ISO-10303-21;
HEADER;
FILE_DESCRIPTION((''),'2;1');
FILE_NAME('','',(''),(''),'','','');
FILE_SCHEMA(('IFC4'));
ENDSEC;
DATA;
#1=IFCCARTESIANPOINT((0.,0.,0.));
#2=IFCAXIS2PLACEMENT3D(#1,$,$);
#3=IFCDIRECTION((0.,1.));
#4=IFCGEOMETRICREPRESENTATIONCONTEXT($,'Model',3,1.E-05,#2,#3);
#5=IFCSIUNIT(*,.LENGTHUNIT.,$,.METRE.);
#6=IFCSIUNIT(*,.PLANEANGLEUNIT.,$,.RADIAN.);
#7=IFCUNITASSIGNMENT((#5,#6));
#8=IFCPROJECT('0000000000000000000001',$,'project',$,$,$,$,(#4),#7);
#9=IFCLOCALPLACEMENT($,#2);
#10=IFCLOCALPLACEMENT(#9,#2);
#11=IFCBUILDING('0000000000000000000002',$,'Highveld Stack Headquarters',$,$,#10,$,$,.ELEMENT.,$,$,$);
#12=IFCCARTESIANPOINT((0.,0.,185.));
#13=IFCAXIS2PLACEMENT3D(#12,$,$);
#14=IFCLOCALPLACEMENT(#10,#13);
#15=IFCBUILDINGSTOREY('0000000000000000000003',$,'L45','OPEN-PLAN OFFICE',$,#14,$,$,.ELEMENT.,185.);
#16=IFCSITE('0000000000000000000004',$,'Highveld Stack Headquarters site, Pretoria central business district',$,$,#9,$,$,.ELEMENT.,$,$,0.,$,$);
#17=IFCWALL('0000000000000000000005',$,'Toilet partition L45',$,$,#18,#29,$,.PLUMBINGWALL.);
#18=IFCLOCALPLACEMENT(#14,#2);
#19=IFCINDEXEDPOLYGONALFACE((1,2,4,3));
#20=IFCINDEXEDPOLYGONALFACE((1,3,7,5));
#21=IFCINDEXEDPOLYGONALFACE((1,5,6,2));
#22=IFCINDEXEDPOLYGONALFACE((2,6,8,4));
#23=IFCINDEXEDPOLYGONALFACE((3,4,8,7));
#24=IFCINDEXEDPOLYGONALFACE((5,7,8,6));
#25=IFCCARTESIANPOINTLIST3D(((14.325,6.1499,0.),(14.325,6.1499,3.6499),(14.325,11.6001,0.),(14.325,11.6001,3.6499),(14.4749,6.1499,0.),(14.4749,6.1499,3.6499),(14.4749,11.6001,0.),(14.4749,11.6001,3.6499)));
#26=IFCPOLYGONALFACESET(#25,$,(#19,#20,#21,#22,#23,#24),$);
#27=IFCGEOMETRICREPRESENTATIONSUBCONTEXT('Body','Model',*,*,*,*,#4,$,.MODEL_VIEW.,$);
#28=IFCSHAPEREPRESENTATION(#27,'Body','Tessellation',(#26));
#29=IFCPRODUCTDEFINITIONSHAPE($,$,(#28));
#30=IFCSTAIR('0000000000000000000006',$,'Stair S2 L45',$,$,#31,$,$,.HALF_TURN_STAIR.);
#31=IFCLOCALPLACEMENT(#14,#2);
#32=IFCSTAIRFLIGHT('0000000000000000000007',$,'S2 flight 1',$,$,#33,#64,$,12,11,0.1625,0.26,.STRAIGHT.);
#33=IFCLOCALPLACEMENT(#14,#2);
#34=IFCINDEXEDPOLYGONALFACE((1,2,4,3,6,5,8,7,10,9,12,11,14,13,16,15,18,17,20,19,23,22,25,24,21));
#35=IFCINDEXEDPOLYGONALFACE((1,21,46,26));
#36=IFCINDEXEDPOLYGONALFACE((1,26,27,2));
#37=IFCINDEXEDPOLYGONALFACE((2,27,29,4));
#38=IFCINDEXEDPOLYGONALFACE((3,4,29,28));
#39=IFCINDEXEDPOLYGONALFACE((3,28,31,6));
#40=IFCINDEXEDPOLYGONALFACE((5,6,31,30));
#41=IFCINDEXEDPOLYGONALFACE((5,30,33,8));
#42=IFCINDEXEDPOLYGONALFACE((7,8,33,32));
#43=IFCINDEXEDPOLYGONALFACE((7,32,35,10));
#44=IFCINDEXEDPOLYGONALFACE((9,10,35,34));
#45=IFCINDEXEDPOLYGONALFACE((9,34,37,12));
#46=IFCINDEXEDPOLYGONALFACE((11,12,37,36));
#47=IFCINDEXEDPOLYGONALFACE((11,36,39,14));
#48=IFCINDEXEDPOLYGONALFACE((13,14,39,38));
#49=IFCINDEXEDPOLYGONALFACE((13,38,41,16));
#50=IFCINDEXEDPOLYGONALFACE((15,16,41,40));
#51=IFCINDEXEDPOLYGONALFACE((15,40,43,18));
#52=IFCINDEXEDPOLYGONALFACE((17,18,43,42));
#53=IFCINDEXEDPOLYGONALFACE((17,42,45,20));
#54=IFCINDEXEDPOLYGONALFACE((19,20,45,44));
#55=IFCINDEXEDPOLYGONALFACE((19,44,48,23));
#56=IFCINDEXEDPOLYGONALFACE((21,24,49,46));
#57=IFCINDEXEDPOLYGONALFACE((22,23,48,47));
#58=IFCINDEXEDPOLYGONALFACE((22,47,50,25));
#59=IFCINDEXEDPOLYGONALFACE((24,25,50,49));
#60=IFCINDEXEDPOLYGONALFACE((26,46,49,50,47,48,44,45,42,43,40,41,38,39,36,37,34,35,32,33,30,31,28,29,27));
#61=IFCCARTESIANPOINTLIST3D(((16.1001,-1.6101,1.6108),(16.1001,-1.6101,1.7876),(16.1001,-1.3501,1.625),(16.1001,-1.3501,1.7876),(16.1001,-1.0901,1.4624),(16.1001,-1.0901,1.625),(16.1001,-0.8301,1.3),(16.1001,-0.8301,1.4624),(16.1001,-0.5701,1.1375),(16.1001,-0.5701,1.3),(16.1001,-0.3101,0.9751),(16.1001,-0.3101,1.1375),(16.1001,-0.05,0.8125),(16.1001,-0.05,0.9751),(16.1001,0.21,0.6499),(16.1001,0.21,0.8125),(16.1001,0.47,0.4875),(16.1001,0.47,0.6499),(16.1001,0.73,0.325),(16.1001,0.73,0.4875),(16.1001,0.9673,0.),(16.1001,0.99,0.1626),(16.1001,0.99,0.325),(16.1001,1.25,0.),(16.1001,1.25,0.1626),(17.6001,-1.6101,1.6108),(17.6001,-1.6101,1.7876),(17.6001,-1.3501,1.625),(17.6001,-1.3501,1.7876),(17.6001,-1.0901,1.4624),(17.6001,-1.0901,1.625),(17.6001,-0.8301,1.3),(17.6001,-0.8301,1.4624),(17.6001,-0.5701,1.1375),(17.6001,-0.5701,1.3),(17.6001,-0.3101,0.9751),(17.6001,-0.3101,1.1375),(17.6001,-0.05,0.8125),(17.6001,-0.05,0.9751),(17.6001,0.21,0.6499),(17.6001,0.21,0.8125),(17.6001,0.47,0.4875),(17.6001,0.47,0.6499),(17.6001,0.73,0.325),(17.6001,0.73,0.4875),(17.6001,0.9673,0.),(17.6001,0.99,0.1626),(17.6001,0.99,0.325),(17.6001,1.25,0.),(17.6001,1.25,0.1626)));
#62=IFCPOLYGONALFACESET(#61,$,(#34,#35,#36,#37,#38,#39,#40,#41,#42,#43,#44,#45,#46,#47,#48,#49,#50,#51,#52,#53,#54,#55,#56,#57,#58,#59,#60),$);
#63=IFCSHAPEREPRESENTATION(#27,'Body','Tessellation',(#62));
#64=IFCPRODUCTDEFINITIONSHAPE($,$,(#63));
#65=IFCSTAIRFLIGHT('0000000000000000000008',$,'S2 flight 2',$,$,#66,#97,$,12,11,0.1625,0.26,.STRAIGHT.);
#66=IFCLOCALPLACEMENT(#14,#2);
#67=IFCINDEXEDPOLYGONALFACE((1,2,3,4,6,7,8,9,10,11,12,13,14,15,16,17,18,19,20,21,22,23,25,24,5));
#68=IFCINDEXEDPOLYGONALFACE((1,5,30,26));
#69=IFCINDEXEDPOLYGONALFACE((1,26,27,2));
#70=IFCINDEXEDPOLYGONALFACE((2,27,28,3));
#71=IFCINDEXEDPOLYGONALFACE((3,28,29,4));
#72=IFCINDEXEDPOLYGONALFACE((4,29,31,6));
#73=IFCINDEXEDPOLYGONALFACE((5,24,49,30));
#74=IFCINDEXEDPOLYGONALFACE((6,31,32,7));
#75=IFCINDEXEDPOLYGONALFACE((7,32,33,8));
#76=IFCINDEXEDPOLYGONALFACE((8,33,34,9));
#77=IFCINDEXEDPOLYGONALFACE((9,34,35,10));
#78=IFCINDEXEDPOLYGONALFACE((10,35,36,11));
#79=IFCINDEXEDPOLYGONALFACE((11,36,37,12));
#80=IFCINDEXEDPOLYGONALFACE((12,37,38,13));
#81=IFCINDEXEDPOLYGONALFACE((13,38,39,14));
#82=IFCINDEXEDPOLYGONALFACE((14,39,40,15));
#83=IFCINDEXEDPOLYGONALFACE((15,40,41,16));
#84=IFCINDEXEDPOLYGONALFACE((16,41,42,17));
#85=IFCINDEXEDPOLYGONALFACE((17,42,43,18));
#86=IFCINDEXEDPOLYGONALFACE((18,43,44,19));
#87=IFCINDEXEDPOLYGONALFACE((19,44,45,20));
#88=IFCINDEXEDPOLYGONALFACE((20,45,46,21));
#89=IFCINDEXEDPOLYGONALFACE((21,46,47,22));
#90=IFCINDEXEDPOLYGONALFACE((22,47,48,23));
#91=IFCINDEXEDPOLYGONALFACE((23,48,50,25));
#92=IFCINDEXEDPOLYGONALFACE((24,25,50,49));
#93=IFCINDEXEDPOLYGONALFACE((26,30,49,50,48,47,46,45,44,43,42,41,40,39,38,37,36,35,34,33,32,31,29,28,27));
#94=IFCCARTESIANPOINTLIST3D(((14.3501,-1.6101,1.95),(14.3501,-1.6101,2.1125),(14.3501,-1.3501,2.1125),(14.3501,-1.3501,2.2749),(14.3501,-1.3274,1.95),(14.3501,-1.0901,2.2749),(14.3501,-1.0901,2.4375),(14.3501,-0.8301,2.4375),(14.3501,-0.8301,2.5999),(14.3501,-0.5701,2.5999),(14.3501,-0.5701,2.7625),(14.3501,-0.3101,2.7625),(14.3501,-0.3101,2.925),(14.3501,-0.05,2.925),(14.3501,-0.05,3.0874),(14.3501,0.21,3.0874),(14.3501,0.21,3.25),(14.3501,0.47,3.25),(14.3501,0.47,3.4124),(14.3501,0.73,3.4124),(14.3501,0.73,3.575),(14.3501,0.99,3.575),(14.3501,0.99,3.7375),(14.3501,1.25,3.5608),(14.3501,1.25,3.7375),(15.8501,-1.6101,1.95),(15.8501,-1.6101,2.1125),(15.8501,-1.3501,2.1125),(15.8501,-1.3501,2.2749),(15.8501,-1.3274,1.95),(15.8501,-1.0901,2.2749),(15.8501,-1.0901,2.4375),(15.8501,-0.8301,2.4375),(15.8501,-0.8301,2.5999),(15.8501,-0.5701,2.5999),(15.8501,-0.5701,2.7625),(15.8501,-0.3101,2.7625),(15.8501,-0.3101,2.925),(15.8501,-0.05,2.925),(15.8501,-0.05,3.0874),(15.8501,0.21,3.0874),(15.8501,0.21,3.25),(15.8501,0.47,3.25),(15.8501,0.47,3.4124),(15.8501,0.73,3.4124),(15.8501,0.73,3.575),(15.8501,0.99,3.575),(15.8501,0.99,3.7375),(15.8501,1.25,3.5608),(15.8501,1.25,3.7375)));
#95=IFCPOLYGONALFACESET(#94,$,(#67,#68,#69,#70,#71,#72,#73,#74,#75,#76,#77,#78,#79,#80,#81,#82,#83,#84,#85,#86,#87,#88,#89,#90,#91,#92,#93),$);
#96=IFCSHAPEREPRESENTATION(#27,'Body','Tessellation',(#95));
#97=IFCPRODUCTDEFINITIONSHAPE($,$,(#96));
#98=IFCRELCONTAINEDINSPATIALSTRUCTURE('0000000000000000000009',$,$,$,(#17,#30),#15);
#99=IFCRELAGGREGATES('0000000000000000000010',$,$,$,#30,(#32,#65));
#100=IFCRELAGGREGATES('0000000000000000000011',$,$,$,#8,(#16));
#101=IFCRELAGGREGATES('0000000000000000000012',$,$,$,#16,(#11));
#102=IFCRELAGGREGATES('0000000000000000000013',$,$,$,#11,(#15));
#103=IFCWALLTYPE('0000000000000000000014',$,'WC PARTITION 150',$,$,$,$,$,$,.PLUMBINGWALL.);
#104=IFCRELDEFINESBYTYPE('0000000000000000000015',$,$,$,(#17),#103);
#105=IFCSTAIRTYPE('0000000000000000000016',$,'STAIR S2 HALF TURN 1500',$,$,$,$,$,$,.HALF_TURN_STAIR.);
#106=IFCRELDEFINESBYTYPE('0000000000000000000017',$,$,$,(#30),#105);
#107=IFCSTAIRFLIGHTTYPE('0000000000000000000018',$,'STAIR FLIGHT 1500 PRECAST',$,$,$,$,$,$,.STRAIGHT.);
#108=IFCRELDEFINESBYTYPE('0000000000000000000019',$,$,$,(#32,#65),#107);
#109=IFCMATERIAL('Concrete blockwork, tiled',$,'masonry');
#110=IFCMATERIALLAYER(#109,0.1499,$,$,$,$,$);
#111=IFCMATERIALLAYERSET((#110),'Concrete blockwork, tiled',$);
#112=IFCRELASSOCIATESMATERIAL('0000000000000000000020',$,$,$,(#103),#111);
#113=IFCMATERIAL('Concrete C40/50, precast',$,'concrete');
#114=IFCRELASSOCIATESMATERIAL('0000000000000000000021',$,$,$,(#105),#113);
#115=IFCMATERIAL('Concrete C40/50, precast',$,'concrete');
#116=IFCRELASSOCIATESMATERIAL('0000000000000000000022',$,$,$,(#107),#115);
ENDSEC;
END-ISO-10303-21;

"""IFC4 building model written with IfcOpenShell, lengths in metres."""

from ifc_helpers import new_model, si_unit, direction, frame, frame_2d, origin, place, context, subcontext, project, spatial, polyline, rectangle, outline, extrude, material, layer, layer_set, type_object, element, aggregate, save


model = new_model("IFC4")

# Units and contexts
model_context = context("Model", 3, precision=1e-05, world=origin(), true_north=direction((0.0, 1.0)))
body_context = subcontext(model_context, "Body", "Model", "MODEL_VIEW")
ifc_project = project(units=[si_unit("LENGTHUNIT", "METRE"), si_unit("PLANEANGLEUNIT", "RADIAN")], contexts=[model_context])

# Site, building, storey
site_placement = place(None, origin())
site = spatial("IfcSite", under=ifc_project, at=site_placement, Name="Highveld Stack Headquarters site, Pretoria central business district", CompositionType="ELEMENT", RefElevation=0.0)
building_placement = place(site_placement, origin())
building = spatial("IfcBuilding", under=site, at=building_placement, Name="Highveld Stack Headquarters", CompositionType="ELEMENT")
storey_placement = place(building_placement, frame((0.0, 0.0, 185.0)))
storey = spatial("IfcBuildingStorey", under=building, at=storey_placement, Name="L45", Description="OPEN-PLAN OFFICE", CompositionType="ELEMENT", Elevation=185.0)

# Wall
ifc_material_1 = material(Name="Concrete blockwork, tiled", Category="masonry")
ifc_layer_1 = layer(ifc_material_1, 0.1499)
ifc_layer_set_1 = layer_set([ifc_layer_1], Name="Concrete blockwork, tiled")
wall_type_1 = type_object("IfcWallType", Name="WC PARTITION 150", PredefinedType="PLUMBINGWALL", material=ifc_layer_set_1)
wall_1_placement = place(storey_placement, frame((14.3999, 6.1499, 0.0), z_axis=(0.0, 0.0, 1.0), x_axis=(0.0, 1.0, 0.0)))
element("IfcWall", 1, at=wall_1_placement, inside=storey, type_object=wall_type_1, Name="Toilet partition L45", PredefinedType="PLUMBINGWALL", context=body_context, shape_type="SweptSolid", body=[
    extrude(rectangle(XDim=5.4502, YDim=0.1499, at=frame_2d((2.7251, 0.0))), origin(), (0.0, 0.0, 1.0), 3.6499),
])

# Stair, stair flights
ifc_material_2 = material(Name="Concrete C40/50, precast", Category="concrete")
stair_type = type_object("IfcStairType", Name="STAIR S2 HALF TURN 1500", PredefinedType="HALF_TURN_STAIR", material=ifc_material_2)
stair_placement = place(storey_placement, origin())
stair = element("IfcStair", 2, at=stair_placement, inside=storey, type_object=stair_type, Name="Stair S2 L45", PredefinedType="HALF_TURN_STAIR")
ifc_material_3 = material(Name="Concrete C40/50, precast", Category="concrete")
stair_flight_type = type_object("IfcStairFlightType", Name="STAIR FLIGHT 1500 PRECAST", PredefinedType="STRAIGHT", material=ifc_material_3)
stair_flight_1_placement = place(storey_placement, frame((16.8501, 1.25, 0.0), z_axis=(0.0, 0.0, 1.0), x_axis=(0.0, -1.0, 0.0)))
stair_flight_1 = element("IfcStairFlight", 3, at=stair_flight_1_placement, type_object=stair_flight_type, Name="S2 flight 1", NumberOfRisers=12, NumberOfTreads=11, PredefinedType="STRAIGHT", RiserHeight=0.1625, TreadLength=0.26, context=body_context, shape_type="SweptSolid", body=[
    extrude(outline(polyline([(0.0, 0.0), (0.0, 0.1626), (0.26, 0.1626), (0.26, 0.325), (0.52, 0.325), (0.52, 0.4875), (0.78, 0.4875), (0.78, 0.6499), (1.04, 0.6499), (1.04, 0.8125), (1.3, 0.8125), (1.3, 0.9751), (1.5601, 0.9751), (1.5601, 1.1375), (1.8201, 1.1375), (1.8201, 1.3), (2.0801, 1.3), (2.0801, 1.4624), (2.3401, 1.4624), (2.3401, 1.625), (2.6001, 1.625), (2.6001, 1.7876), (2.8601, 1.7876), (2.8601, 1.95), (2.8601, 1.6108), (0.2827, 0.0), (0.0, 0.0)])), frame((0.0, 0.75, 0.0), z_axis=(0.0, -1.0, 0.0), x_axis=(1.0, 0.0, 0.0)), (0.0, 0.0, 1.0), 1.5),
])
stair_flight_2_placement = place(storey_placement, frame((15.1001, -1.6101, 1.95), z_axis=(0.0, 0.0, 1.0), x_axis=(0.0, 1.0, 0.0)))
stair_flight_2 = element("IfcStairFlight", 4, at=stair_flight_2_placement, type_object=stair_flight_type, Name="S2 flight 2", NumberOfRisers=12, NumberOfTreads=11, PredefinedType="STRAIGHT", RiserHeight=0.1625, TreadLength=0.26, context=body_context, shape_type="SweptSolid", body=[
    extrude(outline(polyline([(0.0, 0.0), (0.0, 0.1626), (0.26, 0.1626), (0.26, 0.325), (0.52, 0.325), (0.52, 0.4875), (0.78, 0.4875), (0.78, 0.6499), (1.04, 0.6499), (1.04, 0.8125), (1.3, 0.8125), (1.3, 0.9751), (1.5601, 0.9751), (1.5601, 1.1375), (1.8201, 1.1375), (1.8201, 1.3), (2.0801, 1.3), (2.0801, 1.4624), (2.3401, 1.4624), (2.3401, 1.625), (2.6001, 1.625), (2.6001, 1.7876), (2.8601, 1.7876), (2.8601, 1.95), (2.8601, 1.6108), (0.2827, 0.0), (0.0, 0.0)])), frame((0.0, 0.75, 0.0), z_axis=(0.0, -1.0, 0.0), x_axis=(1.0, 0.0, 0.0)), (0.0, 0.0, 1.0), 1.5),
])
aggregate(stair, [stair_flight_1, stair_flight_2])

save(model, "model.ifc")
